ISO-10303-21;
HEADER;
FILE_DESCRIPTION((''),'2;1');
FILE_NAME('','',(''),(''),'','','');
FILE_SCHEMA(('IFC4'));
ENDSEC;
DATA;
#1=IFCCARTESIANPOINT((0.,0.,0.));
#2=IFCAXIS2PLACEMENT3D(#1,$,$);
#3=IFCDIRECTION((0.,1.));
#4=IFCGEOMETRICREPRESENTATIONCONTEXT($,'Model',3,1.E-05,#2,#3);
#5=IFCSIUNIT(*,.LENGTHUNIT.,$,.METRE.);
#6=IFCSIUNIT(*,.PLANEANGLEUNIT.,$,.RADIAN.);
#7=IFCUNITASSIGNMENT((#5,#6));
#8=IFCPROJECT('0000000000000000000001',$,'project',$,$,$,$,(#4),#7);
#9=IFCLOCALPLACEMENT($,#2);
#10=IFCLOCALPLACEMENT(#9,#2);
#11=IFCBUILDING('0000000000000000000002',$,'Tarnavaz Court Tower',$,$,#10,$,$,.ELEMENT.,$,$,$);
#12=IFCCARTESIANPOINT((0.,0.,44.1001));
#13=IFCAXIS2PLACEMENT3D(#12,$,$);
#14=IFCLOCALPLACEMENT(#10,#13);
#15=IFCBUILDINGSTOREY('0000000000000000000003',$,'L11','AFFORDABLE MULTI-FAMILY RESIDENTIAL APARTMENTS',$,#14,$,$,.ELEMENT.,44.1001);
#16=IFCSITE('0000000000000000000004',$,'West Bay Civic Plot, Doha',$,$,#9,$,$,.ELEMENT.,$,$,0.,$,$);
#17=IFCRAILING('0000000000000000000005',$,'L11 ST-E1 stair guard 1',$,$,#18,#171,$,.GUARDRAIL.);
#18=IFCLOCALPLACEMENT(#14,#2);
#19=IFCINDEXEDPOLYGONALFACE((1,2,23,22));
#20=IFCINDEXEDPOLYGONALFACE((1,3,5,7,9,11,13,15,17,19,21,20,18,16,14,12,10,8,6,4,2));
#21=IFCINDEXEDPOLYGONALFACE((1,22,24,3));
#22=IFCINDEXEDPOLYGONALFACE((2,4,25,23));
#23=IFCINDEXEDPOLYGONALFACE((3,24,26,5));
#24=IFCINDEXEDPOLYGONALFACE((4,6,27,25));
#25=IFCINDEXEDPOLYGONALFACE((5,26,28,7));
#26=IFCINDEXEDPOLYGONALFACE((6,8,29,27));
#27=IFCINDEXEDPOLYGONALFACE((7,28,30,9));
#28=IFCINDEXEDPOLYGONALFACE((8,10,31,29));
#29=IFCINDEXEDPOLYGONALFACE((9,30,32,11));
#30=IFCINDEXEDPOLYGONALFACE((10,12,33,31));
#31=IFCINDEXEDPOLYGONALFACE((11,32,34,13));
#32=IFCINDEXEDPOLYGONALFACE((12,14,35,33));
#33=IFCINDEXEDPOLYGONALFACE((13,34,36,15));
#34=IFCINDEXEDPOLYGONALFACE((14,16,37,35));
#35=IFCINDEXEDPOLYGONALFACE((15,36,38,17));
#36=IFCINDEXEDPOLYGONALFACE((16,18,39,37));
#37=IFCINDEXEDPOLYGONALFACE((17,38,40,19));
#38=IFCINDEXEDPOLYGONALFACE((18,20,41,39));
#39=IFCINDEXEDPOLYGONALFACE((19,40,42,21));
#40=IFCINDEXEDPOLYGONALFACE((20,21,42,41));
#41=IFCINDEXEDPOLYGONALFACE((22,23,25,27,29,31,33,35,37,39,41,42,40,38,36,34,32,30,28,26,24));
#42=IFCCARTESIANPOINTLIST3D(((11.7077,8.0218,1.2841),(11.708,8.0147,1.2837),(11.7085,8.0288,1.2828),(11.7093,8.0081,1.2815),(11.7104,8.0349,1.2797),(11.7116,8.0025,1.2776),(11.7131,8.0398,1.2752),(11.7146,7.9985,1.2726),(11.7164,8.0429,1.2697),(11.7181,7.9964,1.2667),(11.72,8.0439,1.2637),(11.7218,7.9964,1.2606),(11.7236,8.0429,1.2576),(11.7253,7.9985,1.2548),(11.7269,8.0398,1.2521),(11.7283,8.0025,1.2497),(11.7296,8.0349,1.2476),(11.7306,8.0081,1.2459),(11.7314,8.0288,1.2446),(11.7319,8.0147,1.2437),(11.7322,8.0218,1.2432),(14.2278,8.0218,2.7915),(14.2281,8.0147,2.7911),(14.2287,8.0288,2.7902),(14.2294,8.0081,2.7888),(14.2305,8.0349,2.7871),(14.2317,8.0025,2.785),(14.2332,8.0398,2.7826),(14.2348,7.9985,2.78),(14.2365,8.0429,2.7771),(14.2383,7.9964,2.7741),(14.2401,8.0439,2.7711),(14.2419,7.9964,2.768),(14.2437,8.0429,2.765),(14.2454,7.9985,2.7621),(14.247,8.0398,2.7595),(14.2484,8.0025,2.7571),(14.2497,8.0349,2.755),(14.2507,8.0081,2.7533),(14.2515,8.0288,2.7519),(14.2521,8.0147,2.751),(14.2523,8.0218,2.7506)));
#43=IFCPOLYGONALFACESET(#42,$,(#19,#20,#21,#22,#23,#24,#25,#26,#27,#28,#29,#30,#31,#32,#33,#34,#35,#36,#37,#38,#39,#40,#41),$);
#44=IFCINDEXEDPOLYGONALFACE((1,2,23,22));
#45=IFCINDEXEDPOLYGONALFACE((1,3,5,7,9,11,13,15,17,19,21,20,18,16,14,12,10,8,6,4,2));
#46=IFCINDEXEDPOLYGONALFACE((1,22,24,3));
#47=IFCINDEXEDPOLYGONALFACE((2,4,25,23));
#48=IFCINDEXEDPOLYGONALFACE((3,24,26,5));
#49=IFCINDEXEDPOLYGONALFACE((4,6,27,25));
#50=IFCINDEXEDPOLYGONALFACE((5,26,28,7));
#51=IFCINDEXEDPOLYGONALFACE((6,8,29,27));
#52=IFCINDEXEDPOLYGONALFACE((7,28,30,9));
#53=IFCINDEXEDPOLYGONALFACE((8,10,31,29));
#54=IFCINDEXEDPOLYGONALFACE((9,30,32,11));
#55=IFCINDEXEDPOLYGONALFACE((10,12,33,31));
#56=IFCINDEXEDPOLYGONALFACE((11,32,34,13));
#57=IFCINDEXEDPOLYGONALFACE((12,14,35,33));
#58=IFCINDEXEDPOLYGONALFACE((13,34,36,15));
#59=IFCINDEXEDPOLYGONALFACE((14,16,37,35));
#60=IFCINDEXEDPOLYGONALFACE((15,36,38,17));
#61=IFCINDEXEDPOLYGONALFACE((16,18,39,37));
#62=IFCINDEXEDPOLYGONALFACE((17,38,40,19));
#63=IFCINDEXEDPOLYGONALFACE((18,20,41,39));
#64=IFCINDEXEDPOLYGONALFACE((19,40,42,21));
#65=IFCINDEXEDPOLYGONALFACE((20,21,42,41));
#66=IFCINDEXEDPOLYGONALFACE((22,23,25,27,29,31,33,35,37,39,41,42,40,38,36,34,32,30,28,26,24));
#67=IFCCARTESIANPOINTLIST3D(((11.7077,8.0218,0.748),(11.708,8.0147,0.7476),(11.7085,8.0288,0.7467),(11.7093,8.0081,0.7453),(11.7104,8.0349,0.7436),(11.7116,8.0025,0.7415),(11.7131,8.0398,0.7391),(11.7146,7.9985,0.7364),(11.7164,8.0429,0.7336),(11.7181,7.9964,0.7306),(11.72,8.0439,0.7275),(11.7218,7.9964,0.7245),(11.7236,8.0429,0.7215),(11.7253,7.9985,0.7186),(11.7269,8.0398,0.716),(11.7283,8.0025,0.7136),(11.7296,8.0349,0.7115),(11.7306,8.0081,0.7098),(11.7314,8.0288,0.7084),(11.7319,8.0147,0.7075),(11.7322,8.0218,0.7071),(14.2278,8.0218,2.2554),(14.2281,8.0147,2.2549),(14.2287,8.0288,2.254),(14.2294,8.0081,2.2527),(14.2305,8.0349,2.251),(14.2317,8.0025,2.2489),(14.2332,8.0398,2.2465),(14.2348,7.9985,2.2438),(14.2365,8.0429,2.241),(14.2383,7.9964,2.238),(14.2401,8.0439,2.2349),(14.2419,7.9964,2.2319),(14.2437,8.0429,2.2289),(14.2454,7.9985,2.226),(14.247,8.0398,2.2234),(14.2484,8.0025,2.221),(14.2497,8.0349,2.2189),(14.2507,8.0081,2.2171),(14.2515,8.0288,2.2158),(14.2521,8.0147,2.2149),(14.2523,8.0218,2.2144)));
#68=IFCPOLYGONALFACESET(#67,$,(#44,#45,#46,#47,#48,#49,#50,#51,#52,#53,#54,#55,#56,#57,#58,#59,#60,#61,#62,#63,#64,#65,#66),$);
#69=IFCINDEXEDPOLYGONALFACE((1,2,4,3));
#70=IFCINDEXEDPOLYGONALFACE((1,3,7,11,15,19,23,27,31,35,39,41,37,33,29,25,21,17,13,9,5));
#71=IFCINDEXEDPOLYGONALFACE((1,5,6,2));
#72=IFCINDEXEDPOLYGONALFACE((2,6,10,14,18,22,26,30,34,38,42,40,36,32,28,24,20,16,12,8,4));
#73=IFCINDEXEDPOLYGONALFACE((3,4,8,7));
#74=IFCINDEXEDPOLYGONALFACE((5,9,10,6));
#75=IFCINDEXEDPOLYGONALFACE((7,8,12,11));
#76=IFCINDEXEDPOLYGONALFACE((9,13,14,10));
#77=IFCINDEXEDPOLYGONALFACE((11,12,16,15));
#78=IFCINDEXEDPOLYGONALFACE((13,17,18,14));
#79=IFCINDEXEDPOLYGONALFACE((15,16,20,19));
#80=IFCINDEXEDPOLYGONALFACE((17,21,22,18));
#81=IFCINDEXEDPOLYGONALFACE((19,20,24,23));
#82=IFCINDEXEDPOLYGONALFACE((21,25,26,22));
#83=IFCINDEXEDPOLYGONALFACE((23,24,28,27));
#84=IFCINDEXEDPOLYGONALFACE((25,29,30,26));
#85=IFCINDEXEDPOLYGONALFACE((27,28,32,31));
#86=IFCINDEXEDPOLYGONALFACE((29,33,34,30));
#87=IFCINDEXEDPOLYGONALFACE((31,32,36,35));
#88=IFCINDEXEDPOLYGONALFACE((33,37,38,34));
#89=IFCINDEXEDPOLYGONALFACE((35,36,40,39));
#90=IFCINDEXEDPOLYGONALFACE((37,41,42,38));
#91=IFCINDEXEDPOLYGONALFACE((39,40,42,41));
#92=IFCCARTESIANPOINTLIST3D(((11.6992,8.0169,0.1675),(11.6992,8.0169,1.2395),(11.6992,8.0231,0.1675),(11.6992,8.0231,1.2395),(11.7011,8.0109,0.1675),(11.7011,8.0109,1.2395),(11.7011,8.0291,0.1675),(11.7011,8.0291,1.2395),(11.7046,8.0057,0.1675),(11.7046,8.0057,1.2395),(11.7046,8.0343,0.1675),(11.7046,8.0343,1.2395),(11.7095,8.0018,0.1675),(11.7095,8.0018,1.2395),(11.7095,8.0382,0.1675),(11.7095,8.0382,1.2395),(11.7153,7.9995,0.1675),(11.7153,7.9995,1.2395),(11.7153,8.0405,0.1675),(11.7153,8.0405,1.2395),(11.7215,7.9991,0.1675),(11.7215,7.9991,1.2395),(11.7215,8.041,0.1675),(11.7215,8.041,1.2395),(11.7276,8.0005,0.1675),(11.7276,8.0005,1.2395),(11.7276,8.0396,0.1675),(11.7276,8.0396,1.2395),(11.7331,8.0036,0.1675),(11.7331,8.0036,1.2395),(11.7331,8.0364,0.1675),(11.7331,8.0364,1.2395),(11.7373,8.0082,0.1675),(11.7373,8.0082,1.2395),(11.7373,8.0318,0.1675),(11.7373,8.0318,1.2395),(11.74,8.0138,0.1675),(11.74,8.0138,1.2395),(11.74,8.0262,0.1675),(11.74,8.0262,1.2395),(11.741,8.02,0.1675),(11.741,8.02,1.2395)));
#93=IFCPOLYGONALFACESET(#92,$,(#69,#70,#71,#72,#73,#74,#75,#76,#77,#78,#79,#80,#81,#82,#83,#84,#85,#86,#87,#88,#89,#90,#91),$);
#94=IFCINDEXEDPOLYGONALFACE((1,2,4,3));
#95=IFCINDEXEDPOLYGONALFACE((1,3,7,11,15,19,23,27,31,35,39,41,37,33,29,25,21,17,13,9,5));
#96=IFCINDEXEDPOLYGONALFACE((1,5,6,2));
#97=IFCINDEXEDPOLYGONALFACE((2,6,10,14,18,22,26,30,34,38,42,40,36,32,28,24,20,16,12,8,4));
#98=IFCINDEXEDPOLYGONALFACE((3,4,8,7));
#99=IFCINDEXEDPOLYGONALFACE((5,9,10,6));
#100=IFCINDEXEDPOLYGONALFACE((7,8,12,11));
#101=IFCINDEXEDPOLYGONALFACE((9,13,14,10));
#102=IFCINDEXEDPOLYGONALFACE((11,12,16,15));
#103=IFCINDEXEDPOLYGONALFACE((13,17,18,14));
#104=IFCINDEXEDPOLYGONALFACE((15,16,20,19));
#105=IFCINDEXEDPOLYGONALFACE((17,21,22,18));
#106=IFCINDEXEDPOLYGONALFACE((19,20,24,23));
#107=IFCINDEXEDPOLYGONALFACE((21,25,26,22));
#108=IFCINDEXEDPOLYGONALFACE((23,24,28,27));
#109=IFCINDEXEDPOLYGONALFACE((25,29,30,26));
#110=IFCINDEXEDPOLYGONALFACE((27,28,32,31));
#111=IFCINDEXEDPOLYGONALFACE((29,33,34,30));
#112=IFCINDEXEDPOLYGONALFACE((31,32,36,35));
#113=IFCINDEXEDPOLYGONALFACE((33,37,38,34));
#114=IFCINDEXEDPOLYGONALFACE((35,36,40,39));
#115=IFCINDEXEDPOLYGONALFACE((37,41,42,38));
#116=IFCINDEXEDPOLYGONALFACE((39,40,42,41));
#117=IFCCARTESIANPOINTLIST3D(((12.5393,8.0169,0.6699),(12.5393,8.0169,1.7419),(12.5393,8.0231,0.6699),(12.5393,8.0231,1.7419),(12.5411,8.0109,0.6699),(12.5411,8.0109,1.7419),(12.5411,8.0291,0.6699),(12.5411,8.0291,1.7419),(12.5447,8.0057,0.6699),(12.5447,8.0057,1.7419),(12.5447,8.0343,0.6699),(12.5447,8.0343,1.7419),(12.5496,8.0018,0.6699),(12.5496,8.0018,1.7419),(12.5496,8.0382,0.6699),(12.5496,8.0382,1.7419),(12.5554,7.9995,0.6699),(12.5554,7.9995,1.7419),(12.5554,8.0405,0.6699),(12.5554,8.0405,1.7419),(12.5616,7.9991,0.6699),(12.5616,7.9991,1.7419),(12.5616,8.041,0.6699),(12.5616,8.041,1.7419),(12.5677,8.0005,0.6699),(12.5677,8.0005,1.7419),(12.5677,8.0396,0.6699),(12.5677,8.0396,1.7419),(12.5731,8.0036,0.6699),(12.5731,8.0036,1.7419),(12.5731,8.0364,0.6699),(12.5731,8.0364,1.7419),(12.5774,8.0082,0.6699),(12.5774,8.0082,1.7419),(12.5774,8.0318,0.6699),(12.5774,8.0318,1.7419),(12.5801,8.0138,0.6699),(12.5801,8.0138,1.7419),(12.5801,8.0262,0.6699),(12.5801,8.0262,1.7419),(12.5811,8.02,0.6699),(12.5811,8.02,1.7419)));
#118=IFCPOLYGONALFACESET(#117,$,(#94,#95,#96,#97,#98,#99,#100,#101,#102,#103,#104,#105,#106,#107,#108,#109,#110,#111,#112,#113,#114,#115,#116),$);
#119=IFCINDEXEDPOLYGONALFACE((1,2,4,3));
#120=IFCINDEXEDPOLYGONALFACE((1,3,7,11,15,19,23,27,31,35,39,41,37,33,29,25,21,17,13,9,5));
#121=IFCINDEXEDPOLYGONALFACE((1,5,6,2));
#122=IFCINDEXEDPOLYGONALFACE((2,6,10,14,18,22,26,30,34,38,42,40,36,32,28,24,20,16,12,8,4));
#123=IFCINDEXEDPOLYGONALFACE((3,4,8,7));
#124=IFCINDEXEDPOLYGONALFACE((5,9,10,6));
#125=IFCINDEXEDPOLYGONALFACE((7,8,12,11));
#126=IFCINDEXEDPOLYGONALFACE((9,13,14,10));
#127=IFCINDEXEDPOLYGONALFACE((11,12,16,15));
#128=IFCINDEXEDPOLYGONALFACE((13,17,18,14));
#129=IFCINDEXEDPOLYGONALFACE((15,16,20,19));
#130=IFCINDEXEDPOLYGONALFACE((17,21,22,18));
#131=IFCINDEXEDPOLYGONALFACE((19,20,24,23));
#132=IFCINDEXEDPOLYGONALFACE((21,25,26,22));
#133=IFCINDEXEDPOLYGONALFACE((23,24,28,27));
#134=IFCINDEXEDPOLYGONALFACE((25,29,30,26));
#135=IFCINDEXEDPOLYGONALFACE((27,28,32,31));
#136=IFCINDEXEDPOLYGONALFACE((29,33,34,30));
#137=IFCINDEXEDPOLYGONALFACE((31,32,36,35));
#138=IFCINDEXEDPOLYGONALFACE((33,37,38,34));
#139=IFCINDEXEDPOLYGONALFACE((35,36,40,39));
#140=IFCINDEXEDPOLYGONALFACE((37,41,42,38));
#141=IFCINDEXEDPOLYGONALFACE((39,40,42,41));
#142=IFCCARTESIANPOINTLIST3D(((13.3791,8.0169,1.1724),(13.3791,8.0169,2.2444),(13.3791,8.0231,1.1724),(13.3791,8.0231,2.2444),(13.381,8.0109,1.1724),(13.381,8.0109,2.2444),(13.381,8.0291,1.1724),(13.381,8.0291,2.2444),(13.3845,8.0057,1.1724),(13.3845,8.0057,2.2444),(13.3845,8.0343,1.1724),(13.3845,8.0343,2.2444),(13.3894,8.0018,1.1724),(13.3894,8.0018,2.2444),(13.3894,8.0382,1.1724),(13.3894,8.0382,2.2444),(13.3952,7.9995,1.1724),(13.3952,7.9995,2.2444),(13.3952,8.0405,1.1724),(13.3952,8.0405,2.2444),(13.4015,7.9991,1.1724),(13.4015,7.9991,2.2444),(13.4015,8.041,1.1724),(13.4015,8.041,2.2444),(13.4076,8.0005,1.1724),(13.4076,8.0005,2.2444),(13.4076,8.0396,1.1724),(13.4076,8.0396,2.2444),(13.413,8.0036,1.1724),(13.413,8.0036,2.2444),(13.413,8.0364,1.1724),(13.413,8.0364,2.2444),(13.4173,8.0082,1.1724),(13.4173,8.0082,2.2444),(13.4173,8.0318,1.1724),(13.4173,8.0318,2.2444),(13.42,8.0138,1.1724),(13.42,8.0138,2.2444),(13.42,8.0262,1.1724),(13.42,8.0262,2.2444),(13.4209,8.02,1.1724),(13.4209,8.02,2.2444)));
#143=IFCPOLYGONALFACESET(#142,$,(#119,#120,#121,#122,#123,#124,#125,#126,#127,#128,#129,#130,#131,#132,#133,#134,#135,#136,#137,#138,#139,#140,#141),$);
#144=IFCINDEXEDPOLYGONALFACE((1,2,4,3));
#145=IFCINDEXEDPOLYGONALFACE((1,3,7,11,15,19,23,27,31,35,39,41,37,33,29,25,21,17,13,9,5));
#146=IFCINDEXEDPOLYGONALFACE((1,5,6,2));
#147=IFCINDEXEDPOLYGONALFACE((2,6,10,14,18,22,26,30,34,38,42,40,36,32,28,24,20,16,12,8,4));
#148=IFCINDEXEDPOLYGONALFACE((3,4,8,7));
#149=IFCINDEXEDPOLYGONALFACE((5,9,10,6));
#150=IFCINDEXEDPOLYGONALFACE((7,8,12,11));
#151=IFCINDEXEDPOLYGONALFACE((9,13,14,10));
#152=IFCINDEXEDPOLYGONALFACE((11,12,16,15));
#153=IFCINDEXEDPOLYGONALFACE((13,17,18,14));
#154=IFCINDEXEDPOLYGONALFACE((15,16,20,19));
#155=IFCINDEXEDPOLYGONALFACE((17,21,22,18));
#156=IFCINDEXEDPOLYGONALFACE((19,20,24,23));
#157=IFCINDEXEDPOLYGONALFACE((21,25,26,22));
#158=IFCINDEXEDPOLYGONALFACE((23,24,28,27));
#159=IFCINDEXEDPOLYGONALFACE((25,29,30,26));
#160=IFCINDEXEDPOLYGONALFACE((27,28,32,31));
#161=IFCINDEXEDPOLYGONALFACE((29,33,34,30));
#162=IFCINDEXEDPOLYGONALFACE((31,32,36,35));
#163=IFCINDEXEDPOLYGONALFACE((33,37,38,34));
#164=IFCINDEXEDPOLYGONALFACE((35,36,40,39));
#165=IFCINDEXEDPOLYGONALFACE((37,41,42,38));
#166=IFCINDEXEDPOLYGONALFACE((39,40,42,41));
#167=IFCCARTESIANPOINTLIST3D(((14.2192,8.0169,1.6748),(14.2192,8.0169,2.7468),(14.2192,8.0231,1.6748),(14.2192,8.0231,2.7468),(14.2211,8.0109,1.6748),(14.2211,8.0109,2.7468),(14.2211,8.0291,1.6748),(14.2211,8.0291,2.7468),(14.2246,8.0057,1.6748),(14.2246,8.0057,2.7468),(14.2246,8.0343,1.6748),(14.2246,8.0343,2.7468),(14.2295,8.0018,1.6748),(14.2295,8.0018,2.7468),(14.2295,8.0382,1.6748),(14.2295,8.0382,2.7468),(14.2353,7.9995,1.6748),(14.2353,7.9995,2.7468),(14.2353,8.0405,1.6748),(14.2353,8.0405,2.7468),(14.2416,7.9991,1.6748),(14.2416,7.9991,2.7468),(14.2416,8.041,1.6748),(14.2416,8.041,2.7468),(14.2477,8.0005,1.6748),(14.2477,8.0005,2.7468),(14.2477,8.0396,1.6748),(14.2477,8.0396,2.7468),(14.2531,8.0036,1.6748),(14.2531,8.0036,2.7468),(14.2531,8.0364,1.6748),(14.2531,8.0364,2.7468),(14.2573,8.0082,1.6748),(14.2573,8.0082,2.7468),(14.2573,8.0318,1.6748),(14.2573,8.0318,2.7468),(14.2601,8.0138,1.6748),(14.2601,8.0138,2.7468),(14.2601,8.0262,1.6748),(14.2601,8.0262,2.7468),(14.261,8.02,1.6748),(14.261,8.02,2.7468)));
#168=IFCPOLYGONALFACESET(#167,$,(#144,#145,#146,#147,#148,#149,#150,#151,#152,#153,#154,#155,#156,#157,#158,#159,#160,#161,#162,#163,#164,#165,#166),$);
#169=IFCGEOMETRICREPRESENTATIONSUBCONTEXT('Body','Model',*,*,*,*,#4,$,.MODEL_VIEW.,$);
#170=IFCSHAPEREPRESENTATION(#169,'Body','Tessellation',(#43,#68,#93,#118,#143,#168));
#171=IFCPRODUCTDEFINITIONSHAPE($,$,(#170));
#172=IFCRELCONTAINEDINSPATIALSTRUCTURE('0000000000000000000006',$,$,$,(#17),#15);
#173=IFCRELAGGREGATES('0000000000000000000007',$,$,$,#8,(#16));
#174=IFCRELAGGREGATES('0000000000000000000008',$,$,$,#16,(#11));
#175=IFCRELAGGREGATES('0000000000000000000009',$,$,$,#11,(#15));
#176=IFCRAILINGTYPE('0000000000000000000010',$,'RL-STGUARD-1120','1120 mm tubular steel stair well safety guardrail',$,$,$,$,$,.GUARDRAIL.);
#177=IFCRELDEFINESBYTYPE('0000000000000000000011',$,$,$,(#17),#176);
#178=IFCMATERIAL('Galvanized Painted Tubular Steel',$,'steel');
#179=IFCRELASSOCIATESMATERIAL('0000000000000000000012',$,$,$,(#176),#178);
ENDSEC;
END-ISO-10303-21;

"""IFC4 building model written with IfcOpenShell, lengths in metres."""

from ifc_helpers import new_model, si_unit, direction, frame, origin, origin_2d, place, context, subcontext, project, spatial, circle, extrude, material, type_object, element, save


model = new_model("IFC4")

# Units and contexts
model_context = context("Model", 3, precision=1e-05, world=origin(), true_north=direction((0.0, 1.0)))
body_context = subcontext(model_context, "Body", "Model", "MODEL_VIEW")
ifc_project = project(units=[si_unit("LENGTHUNIT", "METRE"), si_unit("PLANEANGLEUNIT", "RADIAN")], contexts=[model_context])

# Site, building, storey
site_placement = place(None, origin())
site = spatial("IfcSite", under=ifc_project, at=site_placement, Name="West Bay Civic Plot, Doha", CompositionType="ELEMENT", RefElevation=0.0)
building_placement = place(site_placement, origin())
building = spatial("IfcBuilding", under=site, at=building_placement, Name="Tarnavaz Court Tower", CompositionType="ELEMENT")
storey_placement = place(building_placement, frame((0.0, 0.0, 44.1001)))
storey = spatial("IfcBuildingStorey", under=building, at=storey_placement, Name="L11", Description="AFFORDABLE MULTI-FAMILY RESIDENTIAL APARTMENTS", CompositionType="ELEMENT", Elevation=44.1001)

# Railing
ifc_material_1 = material(Name="Galvanized Painted Tubular Steel", Category="steel")
railing_type_1 = type_object("IfcRailingType", Name="RL-STGUARD-1120", Description="1120 mm tubular steel stair well safety guardrail", PredefinedType="GUARDRAIL", material=ifc_material_1)
railing_1_placement = place(storey_placement, frame((11.72, 8.02, 0.1675)))
element("IfcRailing", 1, at=railing_1_placement, inside=storey, type_object=railing_type_1, Name="L11 ST-E1 stair guard 1", PredefinedType="GUARDRAIL", context=body_context, shape_type="SweptSolid", body=[
    extrude(circle(Radius=0.0239, at=origin_2d()), frame((0.0, 0.0, 1.0962), z_axis=(0.858196, 0.0, 0.513321), x_axis=(0.0, 1.0, 0.0)), (0.0, 0.0, 1.0), 2.9365),
    extrude(circle(Radius=0.0239, at=origin_2d()), frame((0.0, 0.0, 0.5601), z_axis=(0.858196, 0.0, 0.513321), x_axis=(0.0, 1.0, 0.0)), (0.0, 0.0, 1.0), 2.9365),
    extrude(circle(Radius=0.021, at=origin_2d()), origin(), (0.0, 0.0, 1.0), 1.072),
    extrude(circle(Radius=0.021, at=origin_2d()), frame((0.8401, 0.0, 0.5024)), (0.0, 0.0, 1.0), 1.072),
    extrude(circle(Radius=0.021, at=origin_2d()), frame((1.6799, 0.0, 1.0049)), (0.0, 0.0, 1.0), 1.072),
    extrude(circle(Radius=0.021, at=origin_2d()), frame((2.52, 0.0, 1.5073)), (0.0, 0.0, 1.0), 1.072),
])

save(model, "model.ifc")
